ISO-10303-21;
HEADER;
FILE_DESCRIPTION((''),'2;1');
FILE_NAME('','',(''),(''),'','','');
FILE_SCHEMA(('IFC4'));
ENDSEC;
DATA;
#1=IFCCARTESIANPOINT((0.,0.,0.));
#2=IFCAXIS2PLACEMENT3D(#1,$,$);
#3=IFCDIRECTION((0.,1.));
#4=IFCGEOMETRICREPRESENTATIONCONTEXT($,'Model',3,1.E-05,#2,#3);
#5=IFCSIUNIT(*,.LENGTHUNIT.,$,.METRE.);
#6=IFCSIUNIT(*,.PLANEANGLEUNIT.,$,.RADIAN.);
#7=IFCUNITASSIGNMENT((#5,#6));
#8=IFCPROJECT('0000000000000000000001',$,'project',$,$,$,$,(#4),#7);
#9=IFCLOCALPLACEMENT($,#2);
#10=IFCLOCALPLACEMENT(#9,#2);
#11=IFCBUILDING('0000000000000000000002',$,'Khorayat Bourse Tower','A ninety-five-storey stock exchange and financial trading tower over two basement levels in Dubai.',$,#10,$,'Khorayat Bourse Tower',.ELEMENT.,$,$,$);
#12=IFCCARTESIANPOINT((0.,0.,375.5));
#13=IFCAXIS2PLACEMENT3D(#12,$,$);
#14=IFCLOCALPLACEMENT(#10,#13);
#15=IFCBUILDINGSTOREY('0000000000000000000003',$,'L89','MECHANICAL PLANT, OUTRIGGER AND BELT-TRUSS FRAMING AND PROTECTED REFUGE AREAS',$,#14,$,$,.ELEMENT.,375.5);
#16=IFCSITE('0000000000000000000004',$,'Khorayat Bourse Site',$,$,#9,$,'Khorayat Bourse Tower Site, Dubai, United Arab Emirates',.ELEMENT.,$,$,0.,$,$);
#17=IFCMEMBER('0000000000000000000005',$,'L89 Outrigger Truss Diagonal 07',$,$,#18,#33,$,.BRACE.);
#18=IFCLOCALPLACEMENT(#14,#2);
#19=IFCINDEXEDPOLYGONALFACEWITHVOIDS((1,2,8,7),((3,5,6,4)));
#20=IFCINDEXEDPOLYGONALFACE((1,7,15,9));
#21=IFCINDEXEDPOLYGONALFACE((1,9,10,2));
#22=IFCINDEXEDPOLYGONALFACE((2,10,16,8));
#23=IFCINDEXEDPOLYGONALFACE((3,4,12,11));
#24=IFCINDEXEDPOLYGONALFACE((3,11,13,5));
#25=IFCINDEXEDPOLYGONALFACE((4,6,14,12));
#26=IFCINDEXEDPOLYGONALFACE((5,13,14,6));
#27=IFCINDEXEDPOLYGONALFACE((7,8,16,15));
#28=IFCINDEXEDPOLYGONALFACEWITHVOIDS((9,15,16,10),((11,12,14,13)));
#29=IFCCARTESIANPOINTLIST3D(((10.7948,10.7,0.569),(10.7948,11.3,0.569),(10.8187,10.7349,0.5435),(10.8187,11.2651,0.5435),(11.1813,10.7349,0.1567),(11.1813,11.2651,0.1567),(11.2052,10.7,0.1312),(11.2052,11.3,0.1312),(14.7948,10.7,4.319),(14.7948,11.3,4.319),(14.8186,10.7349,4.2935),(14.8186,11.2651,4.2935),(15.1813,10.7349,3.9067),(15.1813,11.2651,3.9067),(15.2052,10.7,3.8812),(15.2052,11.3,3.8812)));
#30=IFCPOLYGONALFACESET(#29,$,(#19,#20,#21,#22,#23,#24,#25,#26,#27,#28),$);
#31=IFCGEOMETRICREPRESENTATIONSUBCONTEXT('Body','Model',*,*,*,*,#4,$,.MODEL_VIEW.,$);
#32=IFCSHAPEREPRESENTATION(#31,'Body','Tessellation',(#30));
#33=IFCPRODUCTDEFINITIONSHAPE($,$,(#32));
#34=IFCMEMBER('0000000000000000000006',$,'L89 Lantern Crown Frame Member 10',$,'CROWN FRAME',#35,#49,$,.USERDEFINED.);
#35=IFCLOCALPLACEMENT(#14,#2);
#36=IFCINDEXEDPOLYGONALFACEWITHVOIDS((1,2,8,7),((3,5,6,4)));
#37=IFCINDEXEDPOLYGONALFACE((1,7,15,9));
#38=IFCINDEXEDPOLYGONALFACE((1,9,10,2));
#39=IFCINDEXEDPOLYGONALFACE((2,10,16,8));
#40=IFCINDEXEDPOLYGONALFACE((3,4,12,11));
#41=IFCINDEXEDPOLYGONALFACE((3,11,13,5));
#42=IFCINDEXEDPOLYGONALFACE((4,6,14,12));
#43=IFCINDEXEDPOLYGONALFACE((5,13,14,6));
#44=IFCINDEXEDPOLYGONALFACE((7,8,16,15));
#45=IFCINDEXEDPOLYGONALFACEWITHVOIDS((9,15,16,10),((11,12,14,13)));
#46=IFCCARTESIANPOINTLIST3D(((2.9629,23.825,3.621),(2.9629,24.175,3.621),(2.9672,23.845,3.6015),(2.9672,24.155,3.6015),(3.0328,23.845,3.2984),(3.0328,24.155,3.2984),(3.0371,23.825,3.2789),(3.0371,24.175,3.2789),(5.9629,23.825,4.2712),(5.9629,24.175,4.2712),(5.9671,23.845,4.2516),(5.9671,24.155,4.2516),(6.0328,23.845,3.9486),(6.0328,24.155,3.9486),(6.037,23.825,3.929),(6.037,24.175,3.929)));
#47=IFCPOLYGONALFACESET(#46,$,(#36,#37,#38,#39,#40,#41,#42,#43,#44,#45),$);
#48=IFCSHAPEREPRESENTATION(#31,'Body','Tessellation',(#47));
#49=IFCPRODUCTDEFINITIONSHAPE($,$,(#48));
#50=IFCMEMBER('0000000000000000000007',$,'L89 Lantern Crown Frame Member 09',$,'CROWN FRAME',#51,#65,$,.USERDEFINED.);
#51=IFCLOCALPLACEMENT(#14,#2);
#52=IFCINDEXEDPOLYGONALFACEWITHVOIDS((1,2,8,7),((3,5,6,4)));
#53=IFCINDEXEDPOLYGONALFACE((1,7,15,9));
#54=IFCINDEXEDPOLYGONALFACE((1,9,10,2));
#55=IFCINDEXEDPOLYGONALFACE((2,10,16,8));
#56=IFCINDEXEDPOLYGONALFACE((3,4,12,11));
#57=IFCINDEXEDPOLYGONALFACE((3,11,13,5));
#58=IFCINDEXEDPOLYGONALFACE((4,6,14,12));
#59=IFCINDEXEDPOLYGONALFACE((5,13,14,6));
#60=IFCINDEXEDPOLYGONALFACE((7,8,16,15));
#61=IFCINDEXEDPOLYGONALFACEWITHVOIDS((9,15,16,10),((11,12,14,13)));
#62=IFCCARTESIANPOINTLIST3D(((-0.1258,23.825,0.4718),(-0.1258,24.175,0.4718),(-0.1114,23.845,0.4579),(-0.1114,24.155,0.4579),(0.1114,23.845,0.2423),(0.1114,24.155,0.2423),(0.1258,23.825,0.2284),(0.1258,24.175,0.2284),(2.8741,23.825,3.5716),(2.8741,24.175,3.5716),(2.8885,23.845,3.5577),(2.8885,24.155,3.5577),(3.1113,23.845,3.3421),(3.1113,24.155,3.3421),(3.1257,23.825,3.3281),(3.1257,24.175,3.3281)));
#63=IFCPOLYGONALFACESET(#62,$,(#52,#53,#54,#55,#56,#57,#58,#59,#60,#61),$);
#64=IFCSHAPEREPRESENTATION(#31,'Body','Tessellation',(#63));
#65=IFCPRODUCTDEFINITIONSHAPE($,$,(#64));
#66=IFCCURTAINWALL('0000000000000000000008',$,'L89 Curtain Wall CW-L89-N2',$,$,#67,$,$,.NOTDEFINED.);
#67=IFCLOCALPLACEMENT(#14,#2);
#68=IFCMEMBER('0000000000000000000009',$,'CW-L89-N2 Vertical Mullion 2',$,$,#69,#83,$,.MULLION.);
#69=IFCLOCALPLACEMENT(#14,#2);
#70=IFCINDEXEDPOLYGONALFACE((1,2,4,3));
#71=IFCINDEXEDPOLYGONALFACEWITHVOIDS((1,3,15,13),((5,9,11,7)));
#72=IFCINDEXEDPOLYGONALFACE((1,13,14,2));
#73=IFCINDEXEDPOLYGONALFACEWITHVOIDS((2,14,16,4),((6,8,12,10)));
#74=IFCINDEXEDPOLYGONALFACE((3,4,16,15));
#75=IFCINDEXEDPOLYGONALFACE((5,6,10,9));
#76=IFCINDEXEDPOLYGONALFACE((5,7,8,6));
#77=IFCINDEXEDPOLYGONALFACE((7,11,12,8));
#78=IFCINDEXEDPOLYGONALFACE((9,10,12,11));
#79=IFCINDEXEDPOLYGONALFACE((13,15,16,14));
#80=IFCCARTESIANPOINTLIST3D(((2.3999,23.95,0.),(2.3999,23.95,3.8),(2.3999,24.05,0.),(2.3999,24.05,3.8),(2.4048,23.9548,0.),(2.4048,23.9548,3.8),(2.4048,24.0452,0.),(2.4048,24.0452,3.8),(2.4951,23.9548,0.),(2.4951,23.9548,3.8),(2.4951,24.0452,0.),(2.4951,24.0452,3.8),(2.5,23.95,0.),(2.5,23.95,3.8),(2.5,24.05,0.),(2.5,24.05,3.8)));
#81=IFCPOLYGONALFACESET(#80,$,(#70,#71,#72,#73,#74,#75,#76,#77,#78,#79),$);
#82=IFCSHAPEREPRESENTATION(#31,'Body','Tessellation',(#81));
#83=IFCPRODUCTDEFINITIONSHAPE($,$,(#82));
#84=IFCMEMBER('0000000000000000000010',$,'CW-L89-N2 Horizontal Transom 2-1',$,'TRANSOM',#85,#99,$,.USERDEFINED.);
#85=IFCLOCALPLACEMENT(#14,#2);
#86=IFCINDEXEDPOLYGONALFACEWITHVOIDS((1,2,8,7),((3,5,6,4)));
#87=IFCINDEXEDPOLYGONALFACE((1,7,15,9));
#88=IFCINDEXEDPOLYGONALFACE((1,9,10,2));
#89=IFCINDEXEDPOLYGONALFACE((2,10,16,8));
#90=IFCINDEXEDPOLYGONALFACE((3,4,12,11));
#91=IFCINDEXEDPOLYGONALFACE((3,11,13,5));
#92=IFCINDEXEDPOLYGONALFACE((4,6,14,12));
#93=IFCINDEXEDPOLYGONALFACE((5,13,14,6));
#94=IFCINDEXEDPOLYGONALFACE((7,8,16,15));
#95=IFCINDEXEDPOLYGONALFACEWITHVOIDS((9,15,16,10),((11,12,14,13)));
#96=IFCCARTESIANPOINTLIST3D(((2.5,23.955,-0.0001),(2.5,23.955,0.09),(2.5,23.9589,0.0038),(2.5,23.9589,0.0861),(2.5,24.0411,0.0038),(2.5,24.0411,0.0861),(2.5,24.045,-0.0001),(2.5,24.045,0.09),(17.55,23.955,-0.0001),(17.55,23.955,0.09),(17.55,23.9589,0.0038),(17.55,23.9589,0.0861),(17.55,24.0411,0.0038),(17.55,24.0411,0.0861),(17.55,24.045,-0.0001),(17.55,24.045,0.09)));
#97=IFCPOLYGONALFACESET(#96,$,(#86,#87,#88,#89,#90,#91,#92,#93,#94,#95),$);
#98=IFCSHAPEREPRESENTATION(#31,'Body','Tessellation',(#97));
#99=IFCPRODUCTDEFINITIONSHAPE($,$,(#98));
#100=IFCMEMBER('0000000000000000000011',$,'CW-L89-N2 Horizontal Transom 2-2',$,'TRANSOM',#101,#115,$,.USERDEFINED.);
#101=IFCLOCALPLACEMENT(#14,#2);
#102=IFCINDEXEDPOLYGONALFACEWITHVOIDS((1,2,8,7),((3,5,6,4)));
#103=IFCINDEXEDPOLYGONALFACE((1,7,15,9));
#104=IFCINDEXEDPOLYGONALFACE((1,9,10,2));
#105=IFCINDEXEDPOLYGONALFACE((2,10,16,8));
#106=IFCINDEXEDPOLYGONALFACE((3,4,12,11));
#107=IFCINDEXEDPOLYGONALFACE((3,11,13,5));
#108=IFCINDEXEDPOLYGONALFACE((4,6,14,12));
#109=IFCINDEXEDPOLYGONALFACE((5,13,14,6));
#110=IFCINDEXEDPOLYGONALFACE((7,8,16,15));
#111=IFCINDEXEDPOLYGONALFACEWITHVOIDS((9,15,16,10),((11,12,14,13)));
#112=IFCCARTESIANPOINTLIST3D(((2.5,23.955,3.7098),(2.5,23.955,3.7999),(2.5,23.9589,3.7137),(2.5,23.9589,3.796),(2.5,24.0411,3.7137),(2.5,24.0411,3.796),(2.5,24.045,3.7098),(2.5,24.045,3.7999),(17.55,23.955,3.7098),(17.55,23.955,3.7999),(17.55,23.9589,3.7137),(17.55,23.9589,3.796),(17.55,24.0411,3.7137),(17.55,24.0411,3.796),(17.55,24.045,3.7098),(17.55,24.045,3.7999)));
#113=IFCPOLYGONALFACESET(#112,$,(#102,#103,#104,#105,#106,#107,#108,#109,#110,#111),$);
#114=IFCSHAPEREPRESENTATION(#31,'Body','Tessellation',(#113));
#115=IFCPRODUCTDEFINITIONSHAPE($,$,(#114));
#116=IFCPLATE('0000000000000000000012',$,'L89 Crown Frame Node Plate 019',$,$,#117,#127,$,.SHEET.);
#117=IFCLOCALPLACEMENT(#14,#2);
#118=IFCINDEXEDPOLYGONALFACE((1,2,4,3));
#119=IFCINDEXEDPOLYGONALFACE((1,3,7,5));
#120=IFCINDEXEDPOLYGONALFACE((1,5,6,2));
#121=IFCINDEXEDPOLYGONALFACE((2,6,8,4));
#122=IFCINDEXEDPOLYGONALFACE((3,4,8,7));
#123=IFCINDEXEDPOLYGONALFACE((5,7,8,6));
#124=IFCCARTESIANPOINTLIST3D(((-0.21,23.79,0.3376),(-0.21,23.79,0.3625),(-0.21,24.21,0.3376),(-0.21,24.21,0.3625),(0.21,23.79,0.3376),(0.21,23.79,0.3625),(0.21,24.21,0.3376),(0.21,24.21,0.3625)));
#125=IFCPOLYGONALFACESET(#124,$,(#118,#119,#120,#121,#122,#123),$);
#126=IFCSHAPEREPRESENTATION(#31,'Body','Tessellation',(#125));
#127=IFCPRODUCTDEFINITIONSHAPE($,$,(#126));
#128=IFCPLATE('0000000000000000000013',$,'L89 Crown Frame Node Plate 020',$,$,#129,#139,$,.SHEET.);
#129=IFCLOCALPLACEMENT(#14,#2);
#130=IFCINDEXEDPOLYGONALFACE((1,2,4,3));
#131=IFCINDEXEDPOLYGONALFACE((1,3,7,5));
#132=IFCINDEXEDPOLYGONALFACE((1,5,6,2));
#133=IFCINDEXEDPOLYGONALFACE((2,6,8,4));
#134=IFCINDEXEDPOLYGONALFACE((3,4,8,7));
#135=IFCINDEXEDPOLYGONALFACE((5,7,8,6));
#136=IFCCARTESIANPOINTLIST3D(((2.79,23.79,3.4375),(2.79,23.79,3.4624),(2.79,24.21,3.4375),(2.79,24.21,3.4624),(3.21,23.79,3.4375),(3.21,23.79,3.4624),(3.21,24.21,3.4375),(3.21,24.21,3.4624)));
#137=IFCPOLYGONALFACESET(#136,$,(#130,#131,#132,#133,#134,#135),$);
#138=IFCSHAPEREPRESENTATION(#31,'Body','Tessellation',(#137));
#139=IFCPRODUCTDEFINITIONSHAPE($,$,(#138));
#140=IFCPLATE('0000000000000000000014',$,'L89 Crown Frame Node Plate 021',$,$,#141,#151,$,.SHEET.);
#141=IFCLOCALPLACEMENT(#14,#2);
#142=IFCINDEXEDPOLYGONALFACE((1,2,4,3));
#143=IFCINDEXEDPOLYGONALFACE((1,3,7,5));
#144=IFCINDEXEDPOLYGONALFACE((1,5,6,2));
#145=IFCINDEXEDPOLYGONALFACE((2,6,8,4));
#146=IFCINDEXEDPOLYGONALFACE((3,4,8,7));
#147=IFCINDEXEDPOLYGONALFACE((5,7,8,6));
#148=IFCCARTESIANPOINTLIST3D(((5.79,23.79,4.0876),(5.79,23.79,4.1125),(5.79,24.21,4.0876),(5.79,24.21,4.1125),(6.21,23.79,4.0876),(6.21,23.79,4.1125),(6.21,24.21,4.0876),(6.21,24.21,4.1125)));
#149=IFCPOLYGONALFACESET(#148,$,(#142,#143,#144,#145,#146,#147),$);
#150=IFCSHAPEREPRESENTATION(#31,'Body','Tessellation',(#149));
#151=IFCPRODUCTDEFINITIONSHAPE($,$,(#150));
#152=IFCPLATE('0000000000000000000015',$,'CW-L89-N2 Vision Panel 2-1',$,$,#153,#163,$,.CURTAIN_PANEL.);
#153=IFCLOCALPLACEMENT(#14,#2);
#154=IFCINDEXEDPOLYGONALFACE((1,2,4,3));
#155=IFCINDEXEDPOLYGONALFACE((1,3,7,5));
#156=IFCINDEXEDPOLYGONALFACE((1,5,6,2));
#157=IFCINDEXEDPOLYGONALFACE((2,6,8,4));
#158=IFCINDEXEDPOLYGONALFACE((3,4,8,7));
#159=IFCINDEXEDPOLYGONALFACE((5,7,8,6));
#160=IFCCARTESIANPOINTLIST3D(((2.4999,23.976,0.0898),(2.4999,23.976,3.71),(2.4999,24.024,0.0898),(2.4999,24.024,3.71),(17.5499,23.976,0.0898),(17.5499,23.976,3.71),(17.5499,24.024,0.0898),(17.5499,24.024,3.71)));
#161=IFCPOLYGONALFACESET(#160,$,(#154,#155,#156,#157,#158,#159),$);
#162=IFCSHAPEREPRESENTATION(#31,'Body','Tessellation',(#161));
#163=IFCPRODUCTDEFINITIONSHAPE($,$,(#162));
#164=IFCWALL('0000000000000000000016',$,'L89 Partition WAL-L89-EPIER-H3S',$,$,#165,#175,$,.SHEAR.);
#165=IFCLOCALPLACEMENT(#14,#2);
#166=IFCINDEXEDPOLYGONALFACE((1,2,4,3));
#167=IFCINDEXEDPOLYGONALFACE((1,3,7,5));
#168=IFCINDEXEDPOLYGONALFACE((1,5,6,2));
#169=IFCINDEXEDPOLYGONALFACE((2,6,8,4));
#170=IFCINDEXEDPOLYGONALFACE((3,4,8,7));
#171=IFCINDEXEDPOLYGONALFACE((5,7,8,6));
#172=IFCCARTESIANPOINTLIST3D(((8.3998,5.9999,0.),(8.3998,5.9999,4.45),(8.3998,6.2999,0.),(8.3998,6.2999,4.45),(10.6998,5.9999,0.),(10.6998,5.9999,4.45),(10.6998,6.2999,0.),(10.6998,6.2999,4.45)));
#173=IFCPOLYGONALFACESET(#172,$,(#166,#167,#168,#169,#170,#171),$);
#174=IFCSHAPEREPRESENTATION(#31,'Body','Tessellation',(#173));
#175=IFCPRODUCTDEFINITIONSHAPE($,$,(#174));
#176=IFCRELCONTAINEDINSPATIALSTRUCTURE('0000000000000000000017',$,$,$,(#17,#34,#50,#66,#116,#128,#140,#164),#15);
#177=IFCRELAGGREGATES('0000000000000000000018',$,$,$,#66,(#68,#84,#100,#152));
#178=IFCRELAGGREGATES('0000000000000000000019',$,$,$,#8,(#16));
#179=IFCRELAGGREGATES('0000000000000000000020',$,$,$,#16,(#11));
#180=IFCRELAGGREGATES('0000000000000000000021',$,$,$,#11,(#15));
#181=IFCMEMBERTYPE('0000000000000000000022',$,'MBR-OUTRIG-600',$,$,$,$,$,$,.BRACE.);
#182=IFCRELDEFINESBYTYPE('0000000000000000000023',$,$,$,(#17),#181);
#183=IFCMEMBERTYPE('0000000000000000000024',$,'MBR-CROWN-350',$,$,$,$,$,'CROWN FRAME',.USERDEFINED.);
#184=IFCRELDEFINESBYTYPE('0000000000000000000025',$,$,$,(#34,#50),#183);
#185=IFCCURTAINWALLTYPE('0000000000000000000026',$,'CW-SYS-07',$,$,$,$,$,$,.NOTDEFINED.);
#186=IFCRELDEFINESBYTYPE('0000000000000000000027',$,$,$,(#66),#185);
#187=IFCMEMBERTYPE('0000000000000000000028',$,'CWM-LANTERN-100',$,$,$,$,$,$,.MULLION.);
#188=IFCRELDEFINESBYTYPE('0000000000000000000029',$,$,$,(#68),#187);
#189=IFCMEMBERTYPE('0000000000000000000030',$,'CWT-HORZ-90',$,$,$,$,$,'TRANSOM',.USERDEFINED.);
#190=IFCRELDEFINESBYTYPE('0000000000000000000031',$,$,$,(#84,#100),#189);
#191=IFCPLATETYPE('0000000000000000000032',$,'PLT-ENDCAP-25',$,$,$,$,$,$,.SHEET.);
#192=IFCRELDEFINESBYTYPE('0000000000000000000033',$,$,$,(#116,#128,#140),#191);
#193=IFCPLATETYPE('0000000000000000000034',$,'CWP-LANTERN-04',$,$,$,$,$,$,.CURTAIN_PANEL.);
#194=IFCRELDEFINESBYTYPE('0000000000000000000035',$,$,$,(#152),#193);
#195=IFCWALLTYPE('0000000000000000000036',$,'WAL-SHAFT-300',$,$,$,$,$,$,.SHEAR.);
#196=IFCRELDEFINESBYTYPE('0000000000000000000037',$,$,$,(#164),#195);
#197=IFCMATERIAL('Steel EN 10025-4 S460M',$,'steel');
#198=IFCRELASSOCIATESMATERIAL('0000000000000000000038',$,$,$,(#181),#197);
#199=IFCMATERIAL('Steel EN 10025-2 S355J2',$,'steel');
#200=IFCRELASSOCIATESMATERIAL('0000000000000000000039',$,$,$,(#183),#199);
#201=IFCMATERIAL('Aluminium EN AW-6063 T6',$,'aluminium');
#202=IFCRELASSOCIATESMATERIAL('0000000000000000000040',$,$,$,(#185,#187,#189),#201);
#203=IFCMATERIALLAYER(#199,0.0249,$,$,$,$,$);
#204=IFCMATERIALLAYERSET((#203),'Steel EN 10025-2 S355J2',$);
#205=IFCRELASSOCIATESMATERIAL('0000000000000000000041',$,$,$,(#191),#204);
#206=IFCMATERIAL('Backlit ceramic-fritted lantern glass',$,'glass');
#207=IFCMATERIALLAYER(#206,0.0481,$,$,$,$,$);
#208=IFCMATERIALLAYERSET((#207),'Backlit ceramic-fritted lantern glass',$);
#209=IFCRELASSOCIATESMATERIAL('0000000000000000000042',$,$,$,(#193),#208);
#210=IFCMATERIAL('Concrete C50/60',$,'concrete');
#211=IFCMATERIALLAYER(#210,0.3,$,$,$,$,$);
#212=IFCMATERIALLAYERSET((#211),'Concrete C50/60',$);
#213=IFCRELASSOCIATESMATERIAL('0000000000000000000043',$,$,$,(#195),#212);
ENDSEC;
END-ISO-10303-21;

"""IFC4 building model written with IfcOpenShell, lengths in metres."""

from ifc_helpers import new_model, si_unit, direction, frame, frame_2d, origin, origin_2d, place, context, subcontext, project, spatial, rectangle, hollow_rectangle, extrude, source, transform, mapped, material, layer, layer_set, material_profile, profile_set, type_object, element, aggregate, save


model = new_model("IFC4")

# Units and contexts
model_context = context("Model", 3, precision=1e-05, world=origin(), true_north=direction((0.0, 1.0)))
body_context = subcontext(model_context, "Body", "Model", "MODEL_VIEW")
ifc_project = project(units=[si_unit("LENGTHUNIT", "METRE"), si_unit("PLANEANGLEUNIT", "RADIAN")], contexts=[model_context])

# Site, building, storey
site_placement = place(None, origin())
site = spatial("IfcSite", under=ifc_project, at=site_placement, Name="Khorayat Bourse Site", LongName="Khorayat Bourse Tower Site, Dubai, United Arab Emirates", CompositionType="ELEMENT", RefElevation=0.0)
building_placement = place(site_placement, origin())
building = spatial("IfcBuilding", under=site, at=building_placement, Name="Khorayat Bourse Tower", Description="A ninety-five-storey stock exchange and financial trading tower over two basement levels in Dubai.", LongName="Khorayat Bourse Tower", CompositionType="ELEMENT")
storey_placement = place(building_placement, frame((0.0, 0.0, 375.5)))
storey = spatial("IfcBuildingStorey", under=building, at=storey_placement, Name="L89", Description="MECHANICAL PLANT, OUTRIGGER AND BELT-TRUSS FRAMING AND PROTECTED REFUGE AREAS", CompositionType="ELEMENT", Elevation=375.5)

# Shared definitions
ifc_material_1 = material(Name="Steel EN 10025-2 S355J2", Category="steel")

# Members
ifc_material_2 = material(Name="Steel EN 10025-4 S460M", Category="steel")
ifc_material_profile_1 = material_profile(ifc_material_2, hollow_rectangle(XDim=0.6001, YDim=0.6001, WallThickness=0.0349, at=origin_2d()), Name="BOX 600x600x35")
ifc_profile_set_1 = profile_set([ifc_material_profile_1], Name="Steel EN 10025-4 S460M")
member_type_1 = type_object("IfcMemberType", Name="MBR-OUTRIG-600", PredefinedType="BRACE", material=ifc_profile_set_1)
shared_shape_1 = source(origin(), body_context, "Body", "SweptSolid", [
    extrude(hollow_rectangle(XDim=0.6001, YDim=0.6001, WallThickness=0.0349, at=origin_2d()), origin(), (0.0, 0.0, 1.0), 5.4829),
])
member_1_placement = place(storey_placement, frame((11.0, 11.0, 0.3501), z_axis=(0.729537, 0.0, 0.683941), x_axis=(0.0, 1.0, 0.0)))
element("IfcMember", 1, at=member_1_placement, inside=storey, type_object=member_type_1, Name="L89 Outrigger Truss Diagonal 07", PredefinedType="BRACE", context=body_context, shape_type="MappedRepresentation", body=[
    mapped(shared_shape_1, transform((0.0, 0.0, 0.0), scale=1.0)),
])
ifc_material_profile_2 = material_profile(ifc_material_1, hollow_rectangle(XDim=0.3501, YDim=0.3501, WallThickness=0.02, at=origin_2d()), Name="HSS 350x350x20")
ifc_profile_set_2 = profile_set([ifc_material_profile_2], Name="Steel EN 10025-2 S355J2")
member_type_2 = type_object("IfcMemberType", Name="MBR-CROWN-350", ElementType="CROWN FRAME", PredefinedType="USERDEFINED", material=ifc_profile_set_2)
shared_shape_2 = source(origin(), body_context, "Body", "SweptSolid", [
    extrude(hollow_rectangle(XDim=0.3501, YDim=0.3501, WallThickness=0.02, at=origin_2d()), origin(), (0.0, 0.0, 1.0), 3.0696),
])
member_2_placement = place(storey_placement, frame((3.0, 24.0, 3.45), z_axis=(0.977313, 0.0, 0.211799), x_axis=(0.0, 1.0, 0.0)))
element("IfcMember", 2, at=member_2_placement, inside=storey, type_object=member_type_2, Name="L89 Lantern Crown Frame Member 10", ObjectType="CROWN FRAME", PredefinedType="USERDEFINED", context=body_context, shape_type="MappedRepresentation", body=[
    mapped(shared_shape_2, transform((0.0, 0.0, 0.0), scale=1.0)),
])
shared_shape_3 = source(origin(), body_context, "Body", "SweptSolid", [
    extrude(hollow_rectangle(XDim=0.3501, YDim=0.3501, WallThickness=0.02, at=origin_2d()), origin(), (0.0, 0.0, 1.0), 4.3137),
])
member_3_placement = place(storey_placement, frame((0.0, 24.0, 0.3501), z_axis=(0.695438, 0.0, 0.718586), x_axis=(0.0, 1.0, 0.0)))
element("IfcMember", 3, at=member_3_placement, inside=storey, type_object=member_type_2, Name="L89 Lantern Crown Frame Member 09", ObjectType="CROWN FRAME", PredefinedType="USERDEFINED", context=body_context, shape_type="MappedRepresentation", body=[
    mapped(shared_shape_3, transform((0.0, 0.0, 0.0), scale=1.0)),
])

# Curtain wall, members
ifc_material_3 = material(Name="Aluminium EN AW-6063 T6", Category="aluminium")
curtain_wall_type = type_object("IfcCurtainWallType", Name="CW-SYS-07", PredefinedType="NOTDEFINED", material=ifc_material_3)
curtain_wall_placement = place(storey_placement, origin())
curtain_wall = element("IfcCurtainWall", 4, at=curtain_wall_placement, inside=storey, type_object=curtain_wall_type, Name="L89 Curtain Wall CW-L89-N2", PredefinedType="NOTDEFINED")
ifc_material_profile_3 = material_profile(ifc_material_3, hollow_rectangle(XDim=0.1001, YDim=0.1001, WallThickness=0.0049, at=origin_2d()), Name="ALU 100x100x5")
ifc_profile_set_3 = profile_set([ifc_material_profile_3], Name="Aluminium EN AW-6063 T6")
member_type_3 = type_object("IfcMemberType", Name="CWM-LANTERN-100", PredefinedType="MULLION", material=ifc_profile_set_3)
shared_shape_4 = source(origin(), body_context, "Body", "SweptSolid", [
    extrude(hollow_rectangle(XDim=0.1001, YDim=0.1001, WallThickness=0.0049, at=origin_2d()), origin(), (0.0, 0.0, 1.0), 3.8),
])
member_4_placement = place(storey_placement, frame((2.45, 24.0, 0.0), z_axis=(0.0, 0.0, 1.0), x_axis=(0.0, 1.0, 0.0)))
member_4 = element("IfcMember", 5, at=member_4_placement, type_object=member_type_3, Name="CW-L89-N2 Vertical Mullion 2", PredefinedType="MULLION", context=body_context, shape_type="MappedRepresentation", body=[
    mapped(shared_shape_4, transform((0.0, 0.0, 0.0), scale=1.0)),
])
ifc_material_profile_4 = material_profile(ifc_material_3, hollow_rectangle(XDim=0.0901, YDim=0.0901, WallThickness=0.0039, at=origin_2d()), Name="ALU 90x90x4")
ifc_profile_set_4 = profile_set([ifc_material_profile_4], Name="Aluminium EN AW-6063 T6")
member_type_4 = type_object("IfcMemberType", Name="CWT-HORZ-90", ElementType="TRANSOM", PredefinedType="USERDEFINED", material=ifc_profile_set_4)
shared_shape_5 = source(origin(), body_context, "Body", "SweptSolid", [
    extrude(hollow_rectangle(XDim=0.0901, YDim=0.0901, WallThickness=0.0039, at=origin_2d()), origin(), (0.0, 0.0, 1.0), 15.05),
])
member_5_placement = place(storey_placement, frame((2.5, 24.0, 0.0449), z_axis=(1.0, 0.0, 0.0), x_axis=(0.0, 1.0, 0.0)))
member_5 = element("IfcMember", 6, at=member_5_placement, type_object=member_type_4, Name="CW-L89-N2 Horizontal Transom 2-1", ObjectType="TRANSOM", PredefinedType="USERDEFINED", context=body_context, shape_type="MappedRepresentation", body=[
    mapped(shared_shape_5, transform((0.0, 0.0, 0.0), scale=1.0)),
])
member_6_placement = place(storey_placement, frame((2.5, 24.0, 3.7549), z_axis=(1.0, 0.0, 0.0), x_axis=(0.0, 1.0, 0.0)))
member_6 = element("IfcMember", 7, at=member_6_placement, type_object=member_type_4, Name="CW-L89-N2 Horizontal Transom 2-2", ObjectType="TRANSOM", PredefinedType="USERDEFINED", context=body_context, shape_type="MappedRepresentation", body=[
    mapped(shared_shape_5, transform((0.0, 0.0, 0.0), scale=1.0)),
])

# Plates
ifc_layer_1 = layer(ifc_material_1, 0.0249)
ifc_layer_set_1 = layer_set([ifc_layer_1], Name="Steel EN 10025-2 S355J2")
plate_type_1 = type_object("IfcPlateType", Name="PLT-ENDCAP-25", PredefinedType="SHEET", material=ifc_layer_set_1)
shared_shape_6 = source(origin(), body_context, "Body", "SweptSolid", [
    extrude(rectangle(XDim=0.4199, YDim=0.4199, at=origin_2d()), origin(), (0.0, 0.0, 1.0), 0.0249),
])
for number, where, z_axis, x_axis, name in (
    (8, (0.0, 24.0, 0.3376), (0.0, 0.0, 1.0), (1.0, 0.0, 0.0), "L89 Crown Frame Node Plate 019"),
    (9, (3.0, 24.0, 3.4375), (0.0, 0.0, 1.0), (1.0, 0.0, 0.0), "L89 Crown Frame Node Plate 020"),
    (10, (6.0, 24.0, 4.0876), (0.0, 0.0, 1.0), (1.0, 0.0, 0.0), "L89 Crown Frame Node Plate 021"),
):
    element("IfcPlate", number, at=place(storey_placement, frame(where, z_axis=z_axis, x_axis=x_axis)), inside=storey, type_object=plate_type_1, Name=name, PredefinedType="SHEET", context=body_context, shape_type="MappedRepresentation", body=[
        mapped(shared_shape_6, transform((0.0, 0.0, 0.0), scale=1.0)),
    ])

# Plate
ifc_material_4 = material(Name="Backlit ceramic-fritted lantern glass", Category="glass")
ifc_layer_2 = layer(ifc_material_4, 0.0481)
ifc_layer_set_2 = layer_set([ifc_layer_2], Name="Backlit ceramic-fritted lantern glass")
plate_type_2 = type_object("IfcPlateType", Name="CWP-LANTERN-04", PredefinedType="CURTAIN_PANEL", material=ifc_layer_set_2)
shared_shape_7 = source(origin(), body_context, "Body", "SweptSolid", [
    extrude(rectangle(XDim=15.05, YDim=0.0481, at=origin_2d()), origin(), (0.0, 0.0, 1.0), 3.6201),
])
plate_placement = place(storey_placement, frame((10.0249, 24.0, 0.0898), z_axis=(0.0, 0.0, 1.0), x_axis=(1.0, 0.0, 0.0)))
plate = element("IfcPlate", 11, at=plate_placement, type_object=plate_type_2, Name="CW-L89-N2 Vision Panel 2-1", PredefinedType="CURTAIN_PANEL", context=body_context, shape_type="MappedRepresentation", body=[
    mapped(shared_shape_7, transform((0.0, 0.0, 0.0), scale=1.0)),
])
aggregate(curtain_wall, [member_4, member_5, member_6, plate])

# Wall
ifc_material_5 = material(Name="Concrete C50/60", Category="concrete")
ifc_layer_3 = layer(ifc_material_5, 0.3)
ifc_layer_set_3 = layer_set([ifc_layer_3], Name="Concrete C50/60")
wall_type_1 = type_object("IfcWallType", Name="WAL-SHAFT-300", PredefinedType="SHEAR", material=ifc_layer_set_3)
shared_shape_8 = source(origin(), body_context, "Body", "SweptSolid", [
    extrude(rectangle(XDim=2.3, YDim=0.3, at=frame_2d((1.1499, 0.0))), origin(), (0.0, 0.0, 1.0), 4.45),
])
for number, where, z_axis, x_axis, name in (
    (12, (8.3999, 6.1499, 0.0), (0.0, 0.0, 1.0), (1.0, 0.0, 0.0), "L89 Partition WAL-L89-EPIER-H3S"),
):
    element("IfcWall", number, at=place(storey_placement, frame(where, z_axis=z_axis, x_axis=x_axis)), inside=storey, type_object=wall_type_1, Name=name, PredefinedType="SHEAR", context=body_context, shape_type="MappedRepresentation", body=[
        mapped(shared_shape_8, transform((0.0, 0.0, 0.0), scale=1.0)),
    ])

save(model, "model.ifc")
